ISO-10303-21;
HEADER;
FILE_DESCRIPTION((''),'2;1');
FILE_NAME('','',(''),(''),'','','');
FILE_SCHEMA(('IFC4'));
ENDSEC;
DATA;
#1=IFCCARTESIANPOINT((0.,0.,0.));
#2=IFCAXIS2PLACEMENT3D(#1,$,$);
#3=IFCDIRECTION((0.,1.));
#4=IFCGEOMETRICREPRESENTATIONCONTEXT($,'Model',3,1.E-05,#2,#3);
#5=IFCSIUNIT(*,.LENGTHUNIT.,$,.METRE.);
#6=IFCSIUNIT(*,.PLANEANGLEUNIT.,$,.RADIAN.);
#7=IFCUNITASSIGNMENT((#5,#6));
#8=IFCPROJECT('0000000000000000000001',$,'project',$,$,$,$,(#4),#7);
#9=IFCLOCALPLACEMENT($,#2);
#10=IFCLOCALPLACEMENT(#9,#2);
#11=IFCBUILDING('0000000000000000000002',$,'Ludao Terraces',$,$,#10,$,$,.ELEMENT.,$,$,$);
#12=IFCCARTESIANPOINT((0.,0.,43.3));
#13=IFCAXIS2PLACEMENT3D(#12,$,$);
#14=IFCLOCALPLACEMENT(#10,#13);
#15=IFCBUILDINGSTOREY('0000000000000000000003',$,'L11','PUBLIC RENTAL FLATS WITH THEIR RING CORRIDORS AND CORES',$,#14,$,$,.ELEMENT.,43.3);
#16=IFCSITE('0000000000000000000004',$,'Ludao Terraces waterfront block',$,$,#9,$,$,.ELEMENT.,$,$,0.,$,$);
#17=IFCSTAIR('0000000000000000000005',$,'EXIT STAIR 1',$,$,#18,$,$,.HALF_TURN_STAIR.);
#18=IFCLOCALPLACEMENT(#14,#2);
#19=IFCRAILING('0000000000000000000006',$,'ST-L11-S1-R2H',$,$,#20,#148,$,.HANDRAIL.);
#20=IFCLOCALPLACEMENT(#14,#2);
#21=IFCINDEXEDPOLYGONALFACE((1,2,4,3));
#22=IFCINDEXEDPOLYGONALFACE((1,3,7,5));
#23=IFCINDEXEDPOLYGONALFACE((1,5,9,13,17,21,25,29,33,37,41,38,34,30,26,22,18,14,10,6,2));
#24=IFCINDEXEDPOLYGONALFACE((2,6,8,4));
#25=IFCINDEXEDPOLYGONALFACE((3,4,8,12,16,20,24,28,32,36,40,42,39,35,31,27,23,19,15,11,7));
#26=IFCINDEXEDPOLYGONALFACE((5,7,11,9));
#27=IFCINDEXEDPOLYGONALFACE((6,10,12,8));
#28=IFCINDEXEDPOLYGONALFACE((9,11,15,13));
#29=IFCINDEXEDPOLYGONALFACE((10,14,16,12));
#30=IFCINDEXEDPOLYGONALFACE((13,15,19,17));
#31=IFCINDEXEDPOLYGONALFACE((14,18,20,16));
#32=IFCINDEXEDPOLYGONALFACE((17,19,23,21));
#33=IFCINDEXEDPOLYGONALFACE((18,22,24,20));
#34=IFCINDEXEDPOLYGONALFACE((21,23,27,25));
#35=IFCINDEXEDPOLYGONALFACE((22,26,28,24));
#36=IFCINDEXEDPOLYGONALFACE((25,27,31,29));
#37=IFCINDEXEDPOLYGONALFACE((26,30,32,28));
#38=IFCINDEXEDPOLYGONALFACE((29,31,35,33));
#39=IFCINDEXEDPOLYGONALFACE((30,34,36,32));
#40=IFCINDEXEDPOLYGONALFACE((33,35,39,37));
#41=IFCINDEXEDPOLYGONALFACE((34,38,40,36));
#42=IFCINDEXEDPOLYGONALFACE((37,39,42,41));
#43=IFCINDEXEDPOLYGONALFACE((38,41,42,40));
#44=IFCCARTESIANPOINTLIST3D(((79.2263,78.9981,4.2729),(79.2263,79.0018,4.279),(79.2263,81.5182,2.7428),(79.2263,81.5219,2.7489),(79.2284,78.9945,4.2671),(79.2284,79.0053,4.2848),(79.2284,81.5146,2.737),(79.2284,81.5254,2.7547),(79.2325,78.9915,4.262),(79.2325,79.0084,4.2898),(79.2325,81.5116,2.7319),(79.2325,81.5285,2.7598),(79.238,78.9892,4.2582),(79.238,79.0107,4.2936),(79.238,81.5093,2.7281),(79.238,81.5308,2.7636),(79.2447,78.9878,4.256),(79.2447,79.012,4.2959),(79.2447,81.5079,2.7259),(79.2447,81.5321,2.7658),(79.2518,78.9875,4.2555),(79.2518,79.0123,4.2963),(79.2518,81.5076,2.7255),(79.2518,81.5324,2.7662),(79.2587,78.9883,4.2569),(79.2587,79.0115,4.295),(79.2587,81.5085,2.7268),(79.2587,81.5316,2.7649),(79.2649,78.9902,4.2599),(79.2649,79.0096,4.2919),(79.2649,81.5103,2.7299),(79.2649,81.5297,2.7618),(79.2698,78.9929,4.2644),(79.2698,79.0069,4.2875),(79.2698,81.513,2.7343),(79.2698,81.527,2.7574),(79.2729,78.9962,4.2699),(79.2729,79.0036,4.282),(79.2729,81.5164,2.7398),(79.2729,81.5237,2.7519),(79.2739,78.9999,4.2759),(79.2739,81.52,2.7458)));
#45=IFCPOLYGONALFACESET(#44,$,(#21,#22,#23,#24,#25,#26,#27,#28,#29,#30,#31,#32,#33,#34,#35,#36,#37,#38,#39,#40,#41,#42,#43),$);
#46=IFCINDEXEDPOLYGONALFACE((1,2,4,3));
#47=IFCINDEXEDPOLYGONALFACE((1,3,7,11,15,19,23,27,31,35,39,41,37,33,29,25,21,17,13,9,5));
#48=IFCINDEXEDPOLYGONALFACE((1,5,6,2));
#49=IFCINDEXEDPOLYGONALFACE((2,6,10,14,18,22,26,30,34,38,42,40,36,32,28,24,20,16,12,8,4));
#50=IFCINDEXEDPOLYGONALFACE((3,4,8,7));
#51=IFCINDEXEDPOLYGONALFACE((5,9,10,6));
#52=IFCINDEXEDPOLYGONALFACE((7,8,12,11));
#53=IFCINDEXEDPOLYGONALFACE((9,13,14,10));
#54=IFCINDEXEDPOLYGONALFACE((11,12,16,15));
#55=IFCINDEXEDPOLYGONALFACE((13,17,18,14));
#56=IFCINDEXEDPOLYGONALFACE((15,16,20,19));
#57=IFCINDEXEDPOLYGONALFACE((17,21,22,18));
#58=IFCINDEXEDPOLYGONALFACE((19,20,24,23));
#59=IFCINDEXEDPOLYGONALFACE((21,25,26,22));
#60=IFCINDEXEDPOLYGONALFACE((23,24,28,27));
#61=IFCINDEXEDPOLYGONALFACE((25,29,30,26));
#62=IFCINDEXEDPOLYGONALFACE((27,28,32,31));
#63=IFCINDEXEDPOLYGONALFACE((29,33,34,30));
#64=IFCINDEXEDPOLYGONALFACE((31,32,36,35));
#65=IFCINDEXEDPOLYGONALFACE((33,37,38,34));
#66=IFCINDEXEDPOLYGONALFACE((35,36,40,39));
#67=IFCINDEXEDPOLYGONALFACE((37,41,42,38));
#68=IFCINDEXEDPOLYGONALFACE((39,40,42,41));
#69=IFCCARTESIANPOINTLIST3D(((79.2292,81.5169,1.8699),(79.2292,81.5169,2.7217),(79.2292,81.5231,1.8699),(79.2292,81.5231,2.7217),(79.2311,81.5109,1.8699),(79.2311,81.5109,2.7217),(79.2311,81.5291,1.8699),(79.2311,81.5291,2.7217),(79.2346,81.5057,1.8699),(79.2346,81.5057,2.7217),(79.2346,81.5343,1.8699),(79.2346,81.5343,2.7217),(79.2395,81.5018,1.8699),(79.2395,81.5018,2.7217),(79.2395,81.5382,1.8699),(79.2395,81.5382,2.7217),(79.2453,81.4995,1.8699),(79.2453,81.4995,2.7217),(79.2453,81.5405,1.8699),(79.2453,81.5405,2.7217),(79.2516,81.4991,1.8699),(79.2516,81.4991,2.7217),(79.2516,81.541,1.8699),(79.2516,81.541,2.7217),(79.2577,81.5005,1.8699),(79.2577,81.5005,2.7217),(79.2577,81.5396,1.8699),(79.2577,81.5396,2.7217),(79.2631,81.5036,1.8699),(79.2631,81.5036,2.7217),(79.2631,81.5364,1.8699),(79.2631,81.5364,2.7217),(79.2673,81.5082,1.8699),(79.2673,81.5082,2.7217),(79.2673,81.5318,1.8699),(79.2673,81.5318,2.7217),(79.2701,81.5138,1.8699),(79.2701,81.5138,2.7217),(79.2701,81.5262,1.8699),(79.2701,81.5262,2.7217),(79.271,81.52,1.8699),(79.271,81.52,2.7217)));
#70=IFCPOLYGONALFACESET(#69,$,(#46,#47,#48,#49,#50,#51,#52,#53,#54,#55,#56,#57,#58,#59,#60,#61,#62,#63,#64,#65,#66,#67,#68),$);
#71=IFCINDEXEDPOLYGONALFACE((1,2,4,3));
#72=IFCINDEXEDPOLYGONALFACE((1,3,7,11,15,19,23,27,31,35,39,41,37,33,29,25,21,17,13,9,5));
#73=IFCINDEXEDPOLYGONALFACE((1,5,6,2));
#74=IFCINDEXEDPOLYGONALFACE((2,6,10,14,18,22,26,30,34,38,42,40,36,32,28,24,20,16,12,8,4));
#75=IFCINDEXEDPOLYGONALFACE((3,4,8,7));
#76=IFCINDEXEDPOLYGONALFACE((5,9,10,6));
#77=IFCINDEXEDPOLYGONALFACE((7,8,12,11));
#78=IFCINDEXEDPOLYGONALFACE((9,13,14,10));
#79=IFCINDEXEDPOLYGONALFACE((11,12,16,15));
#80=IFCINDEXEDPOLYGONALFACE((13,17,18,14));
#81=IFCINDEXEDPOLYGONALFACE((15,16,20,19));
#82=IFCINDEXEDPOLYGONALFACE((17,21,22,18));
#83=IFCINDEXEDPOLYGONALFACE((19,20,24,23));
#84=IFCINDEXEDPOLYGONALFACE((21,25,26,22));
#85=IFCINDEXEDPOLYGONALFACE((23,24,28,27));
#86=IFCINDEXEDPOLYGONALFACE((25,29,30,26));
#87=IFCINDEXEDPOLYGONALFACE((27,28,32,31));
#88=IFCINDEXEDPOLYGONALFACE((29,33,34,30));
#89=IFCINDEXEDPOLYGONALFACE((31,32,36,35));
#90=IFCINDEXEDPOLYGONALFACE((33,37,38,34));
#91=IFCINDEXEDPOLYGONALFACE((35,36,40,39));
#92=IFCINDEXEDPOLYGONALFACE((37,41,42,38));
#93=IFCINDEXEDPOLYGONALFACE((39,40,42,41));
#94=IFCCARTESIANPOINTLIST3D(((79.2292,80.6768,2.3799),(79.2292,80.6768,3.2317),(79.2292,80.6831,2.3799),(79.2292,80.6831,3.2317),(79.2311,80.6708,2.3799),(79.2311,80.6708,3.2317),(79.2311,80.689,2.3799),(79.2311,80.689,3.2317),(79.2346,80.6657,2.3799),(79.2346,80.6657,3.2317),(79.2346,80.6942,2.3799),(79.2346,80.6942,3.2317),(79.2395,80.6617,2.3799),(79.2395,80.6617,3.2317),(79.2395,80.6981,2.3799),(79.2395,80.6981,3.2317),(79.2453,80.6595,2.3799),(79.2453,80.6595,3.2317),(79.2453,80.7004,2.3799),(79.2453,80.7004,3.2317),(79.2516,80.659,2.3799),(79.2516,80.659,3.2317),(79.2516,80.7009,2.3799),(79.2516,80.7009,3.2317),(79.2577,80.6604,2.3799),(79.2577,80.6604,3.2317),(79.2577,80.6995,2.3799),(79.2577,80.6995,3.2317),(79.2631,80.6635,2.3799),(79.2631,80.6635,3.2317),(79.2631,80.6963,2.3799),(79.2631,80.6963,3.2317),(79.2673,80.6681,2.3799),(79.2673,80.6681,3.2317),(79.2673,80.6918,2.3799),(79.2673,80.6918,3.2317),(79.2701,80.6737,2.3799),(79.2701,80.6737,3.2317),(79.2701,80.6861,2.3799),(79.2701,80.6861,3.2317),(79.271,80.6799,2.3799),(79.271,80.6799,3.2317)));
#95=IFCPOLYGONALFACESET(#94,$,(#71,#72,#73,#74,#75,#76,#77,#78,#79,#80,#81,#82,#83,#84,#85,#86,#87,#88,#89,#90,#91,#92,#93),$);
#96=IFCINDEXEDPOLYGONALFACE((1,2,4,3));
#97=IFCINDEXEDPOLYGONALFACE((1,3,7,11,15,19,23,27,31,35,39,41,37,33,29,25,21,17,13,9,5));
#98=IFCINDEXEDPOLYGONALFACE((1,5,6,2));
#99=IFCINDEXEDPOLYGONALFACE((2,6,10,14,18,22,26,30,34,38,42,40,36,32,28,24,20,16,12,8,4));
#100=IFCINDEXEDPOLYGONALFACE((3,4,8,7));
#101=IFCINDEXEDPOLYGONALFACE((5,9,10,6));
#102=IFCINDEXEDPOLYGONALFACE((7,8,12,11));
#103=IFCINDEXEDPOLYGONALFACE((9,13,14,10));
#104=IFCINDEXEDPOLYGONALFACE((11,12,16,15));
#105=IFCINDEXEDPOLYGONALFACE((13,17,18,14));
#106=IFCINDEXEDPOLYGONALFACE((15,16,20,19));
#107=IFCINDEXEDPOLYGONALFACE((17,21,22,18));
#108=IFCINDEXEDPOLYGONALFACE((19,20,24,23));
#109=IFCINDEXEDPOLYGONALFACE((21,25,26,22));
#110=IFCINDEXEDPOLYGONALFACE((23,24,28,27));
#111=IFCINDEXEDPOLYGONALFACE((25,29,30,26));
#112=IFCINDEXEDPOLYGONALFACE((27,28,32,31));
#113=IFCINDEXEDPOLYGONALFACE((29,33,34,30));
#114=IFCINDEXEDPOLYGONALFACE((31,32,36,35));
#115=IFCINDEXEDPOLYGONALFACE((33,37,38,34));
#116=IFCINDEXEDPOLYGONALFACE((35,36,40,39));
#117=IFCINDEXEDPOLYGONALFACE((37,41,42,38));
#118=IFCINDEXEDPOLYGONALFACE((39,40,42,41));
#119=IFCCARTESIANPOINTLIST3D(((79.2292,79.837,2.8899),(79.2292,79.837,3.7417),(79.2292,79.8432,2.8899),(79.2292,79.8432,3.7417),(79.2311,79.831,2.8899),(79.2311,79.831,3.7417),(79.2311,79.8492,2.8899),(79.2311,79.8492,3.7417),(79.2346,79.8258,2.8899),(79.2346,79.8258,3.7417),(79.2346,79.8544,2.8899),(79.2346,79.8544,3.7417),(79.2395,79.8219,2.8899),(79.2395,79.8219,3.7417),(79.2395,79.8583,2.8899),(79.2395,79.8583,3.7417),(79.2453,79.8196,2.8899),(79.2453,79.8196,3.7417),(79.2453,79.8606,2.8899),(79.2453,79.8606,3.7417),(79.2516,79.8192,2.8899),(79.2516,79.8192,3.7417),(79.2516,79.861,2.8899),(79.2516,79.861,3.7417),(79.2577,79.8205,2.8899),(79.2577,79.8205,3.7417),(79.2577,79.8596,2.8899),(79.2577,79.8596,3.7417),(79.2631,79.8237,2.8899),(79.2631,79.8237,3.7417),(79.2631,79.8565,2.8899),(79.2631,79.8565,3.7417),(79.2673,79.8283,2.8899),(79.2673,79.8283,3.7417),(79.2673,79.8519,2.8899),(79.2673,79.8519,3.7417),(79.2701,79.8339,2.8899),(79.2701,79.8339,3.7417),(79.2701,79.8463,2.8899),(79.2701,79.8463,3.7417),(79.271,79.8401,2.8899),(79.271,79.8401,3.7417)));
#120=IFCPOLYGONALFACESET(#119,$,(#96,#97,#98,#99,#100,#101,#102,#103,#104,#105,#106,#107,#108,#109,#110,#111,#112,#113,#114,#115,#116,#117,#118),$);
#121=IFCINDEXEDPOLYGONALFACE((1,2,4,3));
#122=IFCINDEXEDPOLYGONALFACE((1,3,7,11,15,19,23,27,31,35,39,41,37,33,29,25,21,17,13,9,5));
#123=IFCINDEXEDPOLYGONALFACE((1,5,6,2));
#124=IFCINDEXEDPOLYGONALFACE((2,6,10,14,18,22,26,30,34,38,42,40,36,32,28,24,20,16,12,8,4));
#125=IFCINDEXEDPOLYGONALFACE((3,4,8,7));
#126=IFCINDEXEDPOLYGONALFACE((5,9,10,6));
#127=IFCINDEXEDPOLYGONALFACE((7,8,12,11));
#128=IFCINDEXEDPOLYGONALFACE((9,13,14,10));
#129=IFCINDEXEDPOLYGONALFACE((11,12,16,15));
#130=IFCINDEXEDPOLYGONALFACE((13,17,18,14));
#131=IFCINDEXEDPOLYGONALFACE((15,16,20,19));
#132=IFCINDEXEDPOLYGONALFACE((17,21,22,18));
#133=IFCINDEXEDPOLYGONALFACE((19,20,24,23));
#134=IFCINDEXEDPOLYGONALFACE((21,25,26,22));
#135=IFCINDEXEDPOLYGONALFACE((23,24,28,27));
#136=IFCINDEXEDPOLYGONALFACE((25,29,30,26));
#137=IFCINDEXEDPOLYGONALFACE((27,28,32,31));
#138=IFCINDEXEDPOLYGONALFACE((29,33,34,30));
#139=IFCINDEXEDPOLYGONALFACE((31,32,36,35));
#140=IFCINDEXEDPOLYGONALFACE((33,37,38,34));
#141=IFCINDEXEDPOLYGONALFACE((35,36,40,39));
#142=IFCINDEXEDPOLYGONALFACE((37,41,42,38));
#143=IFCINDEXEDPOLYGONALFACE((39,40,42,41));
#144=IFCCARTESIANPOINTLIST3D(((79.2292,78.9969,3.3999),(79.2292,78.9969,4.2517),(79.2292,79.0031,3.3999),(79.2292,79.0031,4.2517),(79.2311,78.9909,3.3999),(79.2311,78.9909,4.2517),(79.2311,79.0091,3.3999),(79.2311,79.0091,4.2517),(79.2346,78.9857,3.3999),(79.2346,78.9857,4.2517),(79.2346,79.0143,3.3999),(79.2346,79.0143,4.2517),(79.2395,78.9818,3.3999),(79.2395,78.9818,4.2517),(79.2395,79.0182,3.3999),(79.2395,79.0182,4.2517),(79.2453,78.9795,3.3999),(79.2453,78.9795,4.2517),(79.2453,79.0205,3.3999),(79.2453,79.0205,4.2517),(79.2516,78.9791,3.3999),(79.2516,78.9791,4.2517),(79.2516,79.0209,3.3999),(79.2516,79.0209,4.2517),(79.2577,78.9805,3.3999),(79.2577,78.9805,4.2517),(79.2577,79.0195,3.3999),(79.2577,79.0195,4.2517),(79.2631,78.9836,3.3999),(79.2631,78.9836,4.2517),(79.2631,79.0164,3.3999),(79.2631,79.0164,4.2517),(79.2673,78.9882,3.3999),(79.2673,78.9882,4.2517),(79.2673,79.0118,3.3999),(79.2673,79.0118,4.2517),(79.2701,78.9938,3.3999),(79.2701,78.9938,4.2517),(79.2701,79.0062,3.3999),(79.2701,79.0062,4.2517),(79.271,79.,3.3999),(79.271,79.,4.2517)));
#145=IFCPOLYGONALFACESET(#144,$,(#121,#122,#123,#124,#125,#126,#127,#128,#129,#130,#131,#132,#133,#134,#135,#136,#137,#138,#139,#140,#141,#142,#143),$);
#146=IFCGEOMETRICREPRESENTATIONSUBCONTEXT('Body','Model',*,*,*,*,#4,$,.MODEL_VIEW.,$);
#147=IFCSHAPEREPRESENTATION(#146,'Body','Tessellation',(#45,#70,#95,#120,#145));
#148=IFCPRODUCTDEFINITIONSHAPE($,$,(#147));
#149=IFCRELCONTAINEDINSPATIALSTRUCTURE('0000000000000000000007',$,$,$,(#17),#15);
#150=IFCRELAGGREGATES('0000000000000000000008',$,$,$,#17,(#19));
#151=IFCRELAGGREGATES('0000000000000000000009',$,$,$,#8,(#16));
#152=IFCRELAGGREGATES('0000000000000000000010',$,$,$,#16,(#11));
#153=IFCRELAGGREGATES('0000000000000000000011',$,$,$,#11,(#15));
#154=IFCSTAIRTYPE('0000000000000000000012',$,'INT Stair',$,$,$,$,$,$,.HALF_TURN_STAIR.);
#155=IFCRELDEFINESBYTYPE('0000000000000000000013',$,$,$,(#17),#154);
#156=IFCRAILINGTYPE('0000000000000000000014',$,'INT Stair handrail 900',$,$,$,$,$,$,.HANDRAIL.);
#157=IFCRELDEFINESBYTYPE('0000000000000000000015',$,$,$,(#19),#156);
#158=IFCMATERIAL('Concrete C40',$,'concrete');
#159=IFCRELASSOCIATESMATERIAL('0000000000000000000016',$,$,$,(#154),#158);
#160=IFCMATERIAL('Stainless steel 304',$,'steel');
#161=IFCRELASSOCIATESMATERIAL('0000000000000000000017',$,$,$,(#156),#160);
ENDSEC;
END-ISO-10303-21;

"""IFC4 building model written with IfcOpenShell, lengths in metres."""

from ifc_helpers import new_model, si_unit, direction, frame, origin, origin_2d, place, context, subcontext, project, spatial, circle, extrude, material, type_object, element, aggregate, save


model = new_model("IFC4")

# Units and contexts
model_context = context("Model", 3, precision=1e-05, world=origin(), true_north=direction((0.0, 1.0)))
body_context = subcontext(model_context, "Body", "Model", "MODEL_VIEW")
ifc_project = project(units=[si_unit("LENGTHUNIT", "METRE"), si_unit("PLANEANGLEUNIT", "RADIAN")], contexts=[model_context])

# Site, building, storey
site_placement = place(None, origin())
site = spatial("IfcSite", under=ifc_project, at=site_placement, Name="Ludao Terraces waterfront block", CompositionType="ELEMENT", RefElevation=0.0)
building_placement = place(site_placement, origin())
building = spatial("IfcBuilding", under=site, at=building_placement, Name="Ludao Terraces", CompositionType="ELEMENT")
storey_placement = place(building_placement, frame((0.0, 0.0, 43.3)))
storey = spatial("IfcBuildingStorey", under=building, at=storey_placement, Name="L11", Description="PUBLIC RENTAL FLATS WITH THEIR RING CORRIDORS AND CORES", CompositionType="ELEMENT", Elevation=43.3)

# Shared definitions
ifc_material_1 = material(Name="Concrete C40", Category="concrete")

# Shared definitions
ifc_material_2 = material(Name="Stainless steel 304", Category="steel")

# Stair, railing
stair_type = type_object("IfcStairType", Name="INT Stair", PredefinedType="HALF_TURN_STAIR", material=ifc_material_1)
stair_placement = place(storey_placement, origin())
stair = element("IfcStair", 1, at=stair_placement, inside=storey, type_object=stair_type, Name="EXIT STAIR 1", PredefinedType="HALF_TURN_STAIR")
railing_type_1 = type_object("IfcRailingType", Name="INT Stair handrail 900", PredefinedType="HANDRAIL", material=ifc_material_2)
railing_1_placement = place(storey_placement, frame((79.25, 81.52, 1.8699)))
railing_1 = element("IfcRailing", 2, at=railing_1_placement, type_object=railing_type_1, Name="ST-L11-S1-R2H", PredefinedType="HANDRAIL", context=body_context, shape_type="SweptSolid", body=[
    extrude(circle(Radius=0.0239, at=origin_2d()), frame((0.0, 0.0, 0.876), z_axis=(0.0, -0.854785, 0.518982), x_axis=(1.0, 0.0, 0.0)), (0.0, 0.0, 1.0), 2.9482),
    extrude(circle(Radius=0.021, at=origin_2d()), origin(), (0.0, 0.0, 1.0), 0.8518),
    extrude(circle(Radius=0.021, at=origin_2d()), frame((0.0, -0.8401, 0.51)), (0.0, 0.0, 1.0), 0.8518),
    extrude(circle(Radius=0.021, at=origin_2d()), frame((0.0, -1.6799, 1.02)), (0.0, 0.0, 1.0), 0.8518),
    extrude(circle(Radius=0.021, at=origin_2d()), frame((0.0, -2.52, 1.53)), (0.0, 0.0, 1.0), 0.8518),
])
aggregate(stair, [railing_1])

save(model, "model.ifc")
